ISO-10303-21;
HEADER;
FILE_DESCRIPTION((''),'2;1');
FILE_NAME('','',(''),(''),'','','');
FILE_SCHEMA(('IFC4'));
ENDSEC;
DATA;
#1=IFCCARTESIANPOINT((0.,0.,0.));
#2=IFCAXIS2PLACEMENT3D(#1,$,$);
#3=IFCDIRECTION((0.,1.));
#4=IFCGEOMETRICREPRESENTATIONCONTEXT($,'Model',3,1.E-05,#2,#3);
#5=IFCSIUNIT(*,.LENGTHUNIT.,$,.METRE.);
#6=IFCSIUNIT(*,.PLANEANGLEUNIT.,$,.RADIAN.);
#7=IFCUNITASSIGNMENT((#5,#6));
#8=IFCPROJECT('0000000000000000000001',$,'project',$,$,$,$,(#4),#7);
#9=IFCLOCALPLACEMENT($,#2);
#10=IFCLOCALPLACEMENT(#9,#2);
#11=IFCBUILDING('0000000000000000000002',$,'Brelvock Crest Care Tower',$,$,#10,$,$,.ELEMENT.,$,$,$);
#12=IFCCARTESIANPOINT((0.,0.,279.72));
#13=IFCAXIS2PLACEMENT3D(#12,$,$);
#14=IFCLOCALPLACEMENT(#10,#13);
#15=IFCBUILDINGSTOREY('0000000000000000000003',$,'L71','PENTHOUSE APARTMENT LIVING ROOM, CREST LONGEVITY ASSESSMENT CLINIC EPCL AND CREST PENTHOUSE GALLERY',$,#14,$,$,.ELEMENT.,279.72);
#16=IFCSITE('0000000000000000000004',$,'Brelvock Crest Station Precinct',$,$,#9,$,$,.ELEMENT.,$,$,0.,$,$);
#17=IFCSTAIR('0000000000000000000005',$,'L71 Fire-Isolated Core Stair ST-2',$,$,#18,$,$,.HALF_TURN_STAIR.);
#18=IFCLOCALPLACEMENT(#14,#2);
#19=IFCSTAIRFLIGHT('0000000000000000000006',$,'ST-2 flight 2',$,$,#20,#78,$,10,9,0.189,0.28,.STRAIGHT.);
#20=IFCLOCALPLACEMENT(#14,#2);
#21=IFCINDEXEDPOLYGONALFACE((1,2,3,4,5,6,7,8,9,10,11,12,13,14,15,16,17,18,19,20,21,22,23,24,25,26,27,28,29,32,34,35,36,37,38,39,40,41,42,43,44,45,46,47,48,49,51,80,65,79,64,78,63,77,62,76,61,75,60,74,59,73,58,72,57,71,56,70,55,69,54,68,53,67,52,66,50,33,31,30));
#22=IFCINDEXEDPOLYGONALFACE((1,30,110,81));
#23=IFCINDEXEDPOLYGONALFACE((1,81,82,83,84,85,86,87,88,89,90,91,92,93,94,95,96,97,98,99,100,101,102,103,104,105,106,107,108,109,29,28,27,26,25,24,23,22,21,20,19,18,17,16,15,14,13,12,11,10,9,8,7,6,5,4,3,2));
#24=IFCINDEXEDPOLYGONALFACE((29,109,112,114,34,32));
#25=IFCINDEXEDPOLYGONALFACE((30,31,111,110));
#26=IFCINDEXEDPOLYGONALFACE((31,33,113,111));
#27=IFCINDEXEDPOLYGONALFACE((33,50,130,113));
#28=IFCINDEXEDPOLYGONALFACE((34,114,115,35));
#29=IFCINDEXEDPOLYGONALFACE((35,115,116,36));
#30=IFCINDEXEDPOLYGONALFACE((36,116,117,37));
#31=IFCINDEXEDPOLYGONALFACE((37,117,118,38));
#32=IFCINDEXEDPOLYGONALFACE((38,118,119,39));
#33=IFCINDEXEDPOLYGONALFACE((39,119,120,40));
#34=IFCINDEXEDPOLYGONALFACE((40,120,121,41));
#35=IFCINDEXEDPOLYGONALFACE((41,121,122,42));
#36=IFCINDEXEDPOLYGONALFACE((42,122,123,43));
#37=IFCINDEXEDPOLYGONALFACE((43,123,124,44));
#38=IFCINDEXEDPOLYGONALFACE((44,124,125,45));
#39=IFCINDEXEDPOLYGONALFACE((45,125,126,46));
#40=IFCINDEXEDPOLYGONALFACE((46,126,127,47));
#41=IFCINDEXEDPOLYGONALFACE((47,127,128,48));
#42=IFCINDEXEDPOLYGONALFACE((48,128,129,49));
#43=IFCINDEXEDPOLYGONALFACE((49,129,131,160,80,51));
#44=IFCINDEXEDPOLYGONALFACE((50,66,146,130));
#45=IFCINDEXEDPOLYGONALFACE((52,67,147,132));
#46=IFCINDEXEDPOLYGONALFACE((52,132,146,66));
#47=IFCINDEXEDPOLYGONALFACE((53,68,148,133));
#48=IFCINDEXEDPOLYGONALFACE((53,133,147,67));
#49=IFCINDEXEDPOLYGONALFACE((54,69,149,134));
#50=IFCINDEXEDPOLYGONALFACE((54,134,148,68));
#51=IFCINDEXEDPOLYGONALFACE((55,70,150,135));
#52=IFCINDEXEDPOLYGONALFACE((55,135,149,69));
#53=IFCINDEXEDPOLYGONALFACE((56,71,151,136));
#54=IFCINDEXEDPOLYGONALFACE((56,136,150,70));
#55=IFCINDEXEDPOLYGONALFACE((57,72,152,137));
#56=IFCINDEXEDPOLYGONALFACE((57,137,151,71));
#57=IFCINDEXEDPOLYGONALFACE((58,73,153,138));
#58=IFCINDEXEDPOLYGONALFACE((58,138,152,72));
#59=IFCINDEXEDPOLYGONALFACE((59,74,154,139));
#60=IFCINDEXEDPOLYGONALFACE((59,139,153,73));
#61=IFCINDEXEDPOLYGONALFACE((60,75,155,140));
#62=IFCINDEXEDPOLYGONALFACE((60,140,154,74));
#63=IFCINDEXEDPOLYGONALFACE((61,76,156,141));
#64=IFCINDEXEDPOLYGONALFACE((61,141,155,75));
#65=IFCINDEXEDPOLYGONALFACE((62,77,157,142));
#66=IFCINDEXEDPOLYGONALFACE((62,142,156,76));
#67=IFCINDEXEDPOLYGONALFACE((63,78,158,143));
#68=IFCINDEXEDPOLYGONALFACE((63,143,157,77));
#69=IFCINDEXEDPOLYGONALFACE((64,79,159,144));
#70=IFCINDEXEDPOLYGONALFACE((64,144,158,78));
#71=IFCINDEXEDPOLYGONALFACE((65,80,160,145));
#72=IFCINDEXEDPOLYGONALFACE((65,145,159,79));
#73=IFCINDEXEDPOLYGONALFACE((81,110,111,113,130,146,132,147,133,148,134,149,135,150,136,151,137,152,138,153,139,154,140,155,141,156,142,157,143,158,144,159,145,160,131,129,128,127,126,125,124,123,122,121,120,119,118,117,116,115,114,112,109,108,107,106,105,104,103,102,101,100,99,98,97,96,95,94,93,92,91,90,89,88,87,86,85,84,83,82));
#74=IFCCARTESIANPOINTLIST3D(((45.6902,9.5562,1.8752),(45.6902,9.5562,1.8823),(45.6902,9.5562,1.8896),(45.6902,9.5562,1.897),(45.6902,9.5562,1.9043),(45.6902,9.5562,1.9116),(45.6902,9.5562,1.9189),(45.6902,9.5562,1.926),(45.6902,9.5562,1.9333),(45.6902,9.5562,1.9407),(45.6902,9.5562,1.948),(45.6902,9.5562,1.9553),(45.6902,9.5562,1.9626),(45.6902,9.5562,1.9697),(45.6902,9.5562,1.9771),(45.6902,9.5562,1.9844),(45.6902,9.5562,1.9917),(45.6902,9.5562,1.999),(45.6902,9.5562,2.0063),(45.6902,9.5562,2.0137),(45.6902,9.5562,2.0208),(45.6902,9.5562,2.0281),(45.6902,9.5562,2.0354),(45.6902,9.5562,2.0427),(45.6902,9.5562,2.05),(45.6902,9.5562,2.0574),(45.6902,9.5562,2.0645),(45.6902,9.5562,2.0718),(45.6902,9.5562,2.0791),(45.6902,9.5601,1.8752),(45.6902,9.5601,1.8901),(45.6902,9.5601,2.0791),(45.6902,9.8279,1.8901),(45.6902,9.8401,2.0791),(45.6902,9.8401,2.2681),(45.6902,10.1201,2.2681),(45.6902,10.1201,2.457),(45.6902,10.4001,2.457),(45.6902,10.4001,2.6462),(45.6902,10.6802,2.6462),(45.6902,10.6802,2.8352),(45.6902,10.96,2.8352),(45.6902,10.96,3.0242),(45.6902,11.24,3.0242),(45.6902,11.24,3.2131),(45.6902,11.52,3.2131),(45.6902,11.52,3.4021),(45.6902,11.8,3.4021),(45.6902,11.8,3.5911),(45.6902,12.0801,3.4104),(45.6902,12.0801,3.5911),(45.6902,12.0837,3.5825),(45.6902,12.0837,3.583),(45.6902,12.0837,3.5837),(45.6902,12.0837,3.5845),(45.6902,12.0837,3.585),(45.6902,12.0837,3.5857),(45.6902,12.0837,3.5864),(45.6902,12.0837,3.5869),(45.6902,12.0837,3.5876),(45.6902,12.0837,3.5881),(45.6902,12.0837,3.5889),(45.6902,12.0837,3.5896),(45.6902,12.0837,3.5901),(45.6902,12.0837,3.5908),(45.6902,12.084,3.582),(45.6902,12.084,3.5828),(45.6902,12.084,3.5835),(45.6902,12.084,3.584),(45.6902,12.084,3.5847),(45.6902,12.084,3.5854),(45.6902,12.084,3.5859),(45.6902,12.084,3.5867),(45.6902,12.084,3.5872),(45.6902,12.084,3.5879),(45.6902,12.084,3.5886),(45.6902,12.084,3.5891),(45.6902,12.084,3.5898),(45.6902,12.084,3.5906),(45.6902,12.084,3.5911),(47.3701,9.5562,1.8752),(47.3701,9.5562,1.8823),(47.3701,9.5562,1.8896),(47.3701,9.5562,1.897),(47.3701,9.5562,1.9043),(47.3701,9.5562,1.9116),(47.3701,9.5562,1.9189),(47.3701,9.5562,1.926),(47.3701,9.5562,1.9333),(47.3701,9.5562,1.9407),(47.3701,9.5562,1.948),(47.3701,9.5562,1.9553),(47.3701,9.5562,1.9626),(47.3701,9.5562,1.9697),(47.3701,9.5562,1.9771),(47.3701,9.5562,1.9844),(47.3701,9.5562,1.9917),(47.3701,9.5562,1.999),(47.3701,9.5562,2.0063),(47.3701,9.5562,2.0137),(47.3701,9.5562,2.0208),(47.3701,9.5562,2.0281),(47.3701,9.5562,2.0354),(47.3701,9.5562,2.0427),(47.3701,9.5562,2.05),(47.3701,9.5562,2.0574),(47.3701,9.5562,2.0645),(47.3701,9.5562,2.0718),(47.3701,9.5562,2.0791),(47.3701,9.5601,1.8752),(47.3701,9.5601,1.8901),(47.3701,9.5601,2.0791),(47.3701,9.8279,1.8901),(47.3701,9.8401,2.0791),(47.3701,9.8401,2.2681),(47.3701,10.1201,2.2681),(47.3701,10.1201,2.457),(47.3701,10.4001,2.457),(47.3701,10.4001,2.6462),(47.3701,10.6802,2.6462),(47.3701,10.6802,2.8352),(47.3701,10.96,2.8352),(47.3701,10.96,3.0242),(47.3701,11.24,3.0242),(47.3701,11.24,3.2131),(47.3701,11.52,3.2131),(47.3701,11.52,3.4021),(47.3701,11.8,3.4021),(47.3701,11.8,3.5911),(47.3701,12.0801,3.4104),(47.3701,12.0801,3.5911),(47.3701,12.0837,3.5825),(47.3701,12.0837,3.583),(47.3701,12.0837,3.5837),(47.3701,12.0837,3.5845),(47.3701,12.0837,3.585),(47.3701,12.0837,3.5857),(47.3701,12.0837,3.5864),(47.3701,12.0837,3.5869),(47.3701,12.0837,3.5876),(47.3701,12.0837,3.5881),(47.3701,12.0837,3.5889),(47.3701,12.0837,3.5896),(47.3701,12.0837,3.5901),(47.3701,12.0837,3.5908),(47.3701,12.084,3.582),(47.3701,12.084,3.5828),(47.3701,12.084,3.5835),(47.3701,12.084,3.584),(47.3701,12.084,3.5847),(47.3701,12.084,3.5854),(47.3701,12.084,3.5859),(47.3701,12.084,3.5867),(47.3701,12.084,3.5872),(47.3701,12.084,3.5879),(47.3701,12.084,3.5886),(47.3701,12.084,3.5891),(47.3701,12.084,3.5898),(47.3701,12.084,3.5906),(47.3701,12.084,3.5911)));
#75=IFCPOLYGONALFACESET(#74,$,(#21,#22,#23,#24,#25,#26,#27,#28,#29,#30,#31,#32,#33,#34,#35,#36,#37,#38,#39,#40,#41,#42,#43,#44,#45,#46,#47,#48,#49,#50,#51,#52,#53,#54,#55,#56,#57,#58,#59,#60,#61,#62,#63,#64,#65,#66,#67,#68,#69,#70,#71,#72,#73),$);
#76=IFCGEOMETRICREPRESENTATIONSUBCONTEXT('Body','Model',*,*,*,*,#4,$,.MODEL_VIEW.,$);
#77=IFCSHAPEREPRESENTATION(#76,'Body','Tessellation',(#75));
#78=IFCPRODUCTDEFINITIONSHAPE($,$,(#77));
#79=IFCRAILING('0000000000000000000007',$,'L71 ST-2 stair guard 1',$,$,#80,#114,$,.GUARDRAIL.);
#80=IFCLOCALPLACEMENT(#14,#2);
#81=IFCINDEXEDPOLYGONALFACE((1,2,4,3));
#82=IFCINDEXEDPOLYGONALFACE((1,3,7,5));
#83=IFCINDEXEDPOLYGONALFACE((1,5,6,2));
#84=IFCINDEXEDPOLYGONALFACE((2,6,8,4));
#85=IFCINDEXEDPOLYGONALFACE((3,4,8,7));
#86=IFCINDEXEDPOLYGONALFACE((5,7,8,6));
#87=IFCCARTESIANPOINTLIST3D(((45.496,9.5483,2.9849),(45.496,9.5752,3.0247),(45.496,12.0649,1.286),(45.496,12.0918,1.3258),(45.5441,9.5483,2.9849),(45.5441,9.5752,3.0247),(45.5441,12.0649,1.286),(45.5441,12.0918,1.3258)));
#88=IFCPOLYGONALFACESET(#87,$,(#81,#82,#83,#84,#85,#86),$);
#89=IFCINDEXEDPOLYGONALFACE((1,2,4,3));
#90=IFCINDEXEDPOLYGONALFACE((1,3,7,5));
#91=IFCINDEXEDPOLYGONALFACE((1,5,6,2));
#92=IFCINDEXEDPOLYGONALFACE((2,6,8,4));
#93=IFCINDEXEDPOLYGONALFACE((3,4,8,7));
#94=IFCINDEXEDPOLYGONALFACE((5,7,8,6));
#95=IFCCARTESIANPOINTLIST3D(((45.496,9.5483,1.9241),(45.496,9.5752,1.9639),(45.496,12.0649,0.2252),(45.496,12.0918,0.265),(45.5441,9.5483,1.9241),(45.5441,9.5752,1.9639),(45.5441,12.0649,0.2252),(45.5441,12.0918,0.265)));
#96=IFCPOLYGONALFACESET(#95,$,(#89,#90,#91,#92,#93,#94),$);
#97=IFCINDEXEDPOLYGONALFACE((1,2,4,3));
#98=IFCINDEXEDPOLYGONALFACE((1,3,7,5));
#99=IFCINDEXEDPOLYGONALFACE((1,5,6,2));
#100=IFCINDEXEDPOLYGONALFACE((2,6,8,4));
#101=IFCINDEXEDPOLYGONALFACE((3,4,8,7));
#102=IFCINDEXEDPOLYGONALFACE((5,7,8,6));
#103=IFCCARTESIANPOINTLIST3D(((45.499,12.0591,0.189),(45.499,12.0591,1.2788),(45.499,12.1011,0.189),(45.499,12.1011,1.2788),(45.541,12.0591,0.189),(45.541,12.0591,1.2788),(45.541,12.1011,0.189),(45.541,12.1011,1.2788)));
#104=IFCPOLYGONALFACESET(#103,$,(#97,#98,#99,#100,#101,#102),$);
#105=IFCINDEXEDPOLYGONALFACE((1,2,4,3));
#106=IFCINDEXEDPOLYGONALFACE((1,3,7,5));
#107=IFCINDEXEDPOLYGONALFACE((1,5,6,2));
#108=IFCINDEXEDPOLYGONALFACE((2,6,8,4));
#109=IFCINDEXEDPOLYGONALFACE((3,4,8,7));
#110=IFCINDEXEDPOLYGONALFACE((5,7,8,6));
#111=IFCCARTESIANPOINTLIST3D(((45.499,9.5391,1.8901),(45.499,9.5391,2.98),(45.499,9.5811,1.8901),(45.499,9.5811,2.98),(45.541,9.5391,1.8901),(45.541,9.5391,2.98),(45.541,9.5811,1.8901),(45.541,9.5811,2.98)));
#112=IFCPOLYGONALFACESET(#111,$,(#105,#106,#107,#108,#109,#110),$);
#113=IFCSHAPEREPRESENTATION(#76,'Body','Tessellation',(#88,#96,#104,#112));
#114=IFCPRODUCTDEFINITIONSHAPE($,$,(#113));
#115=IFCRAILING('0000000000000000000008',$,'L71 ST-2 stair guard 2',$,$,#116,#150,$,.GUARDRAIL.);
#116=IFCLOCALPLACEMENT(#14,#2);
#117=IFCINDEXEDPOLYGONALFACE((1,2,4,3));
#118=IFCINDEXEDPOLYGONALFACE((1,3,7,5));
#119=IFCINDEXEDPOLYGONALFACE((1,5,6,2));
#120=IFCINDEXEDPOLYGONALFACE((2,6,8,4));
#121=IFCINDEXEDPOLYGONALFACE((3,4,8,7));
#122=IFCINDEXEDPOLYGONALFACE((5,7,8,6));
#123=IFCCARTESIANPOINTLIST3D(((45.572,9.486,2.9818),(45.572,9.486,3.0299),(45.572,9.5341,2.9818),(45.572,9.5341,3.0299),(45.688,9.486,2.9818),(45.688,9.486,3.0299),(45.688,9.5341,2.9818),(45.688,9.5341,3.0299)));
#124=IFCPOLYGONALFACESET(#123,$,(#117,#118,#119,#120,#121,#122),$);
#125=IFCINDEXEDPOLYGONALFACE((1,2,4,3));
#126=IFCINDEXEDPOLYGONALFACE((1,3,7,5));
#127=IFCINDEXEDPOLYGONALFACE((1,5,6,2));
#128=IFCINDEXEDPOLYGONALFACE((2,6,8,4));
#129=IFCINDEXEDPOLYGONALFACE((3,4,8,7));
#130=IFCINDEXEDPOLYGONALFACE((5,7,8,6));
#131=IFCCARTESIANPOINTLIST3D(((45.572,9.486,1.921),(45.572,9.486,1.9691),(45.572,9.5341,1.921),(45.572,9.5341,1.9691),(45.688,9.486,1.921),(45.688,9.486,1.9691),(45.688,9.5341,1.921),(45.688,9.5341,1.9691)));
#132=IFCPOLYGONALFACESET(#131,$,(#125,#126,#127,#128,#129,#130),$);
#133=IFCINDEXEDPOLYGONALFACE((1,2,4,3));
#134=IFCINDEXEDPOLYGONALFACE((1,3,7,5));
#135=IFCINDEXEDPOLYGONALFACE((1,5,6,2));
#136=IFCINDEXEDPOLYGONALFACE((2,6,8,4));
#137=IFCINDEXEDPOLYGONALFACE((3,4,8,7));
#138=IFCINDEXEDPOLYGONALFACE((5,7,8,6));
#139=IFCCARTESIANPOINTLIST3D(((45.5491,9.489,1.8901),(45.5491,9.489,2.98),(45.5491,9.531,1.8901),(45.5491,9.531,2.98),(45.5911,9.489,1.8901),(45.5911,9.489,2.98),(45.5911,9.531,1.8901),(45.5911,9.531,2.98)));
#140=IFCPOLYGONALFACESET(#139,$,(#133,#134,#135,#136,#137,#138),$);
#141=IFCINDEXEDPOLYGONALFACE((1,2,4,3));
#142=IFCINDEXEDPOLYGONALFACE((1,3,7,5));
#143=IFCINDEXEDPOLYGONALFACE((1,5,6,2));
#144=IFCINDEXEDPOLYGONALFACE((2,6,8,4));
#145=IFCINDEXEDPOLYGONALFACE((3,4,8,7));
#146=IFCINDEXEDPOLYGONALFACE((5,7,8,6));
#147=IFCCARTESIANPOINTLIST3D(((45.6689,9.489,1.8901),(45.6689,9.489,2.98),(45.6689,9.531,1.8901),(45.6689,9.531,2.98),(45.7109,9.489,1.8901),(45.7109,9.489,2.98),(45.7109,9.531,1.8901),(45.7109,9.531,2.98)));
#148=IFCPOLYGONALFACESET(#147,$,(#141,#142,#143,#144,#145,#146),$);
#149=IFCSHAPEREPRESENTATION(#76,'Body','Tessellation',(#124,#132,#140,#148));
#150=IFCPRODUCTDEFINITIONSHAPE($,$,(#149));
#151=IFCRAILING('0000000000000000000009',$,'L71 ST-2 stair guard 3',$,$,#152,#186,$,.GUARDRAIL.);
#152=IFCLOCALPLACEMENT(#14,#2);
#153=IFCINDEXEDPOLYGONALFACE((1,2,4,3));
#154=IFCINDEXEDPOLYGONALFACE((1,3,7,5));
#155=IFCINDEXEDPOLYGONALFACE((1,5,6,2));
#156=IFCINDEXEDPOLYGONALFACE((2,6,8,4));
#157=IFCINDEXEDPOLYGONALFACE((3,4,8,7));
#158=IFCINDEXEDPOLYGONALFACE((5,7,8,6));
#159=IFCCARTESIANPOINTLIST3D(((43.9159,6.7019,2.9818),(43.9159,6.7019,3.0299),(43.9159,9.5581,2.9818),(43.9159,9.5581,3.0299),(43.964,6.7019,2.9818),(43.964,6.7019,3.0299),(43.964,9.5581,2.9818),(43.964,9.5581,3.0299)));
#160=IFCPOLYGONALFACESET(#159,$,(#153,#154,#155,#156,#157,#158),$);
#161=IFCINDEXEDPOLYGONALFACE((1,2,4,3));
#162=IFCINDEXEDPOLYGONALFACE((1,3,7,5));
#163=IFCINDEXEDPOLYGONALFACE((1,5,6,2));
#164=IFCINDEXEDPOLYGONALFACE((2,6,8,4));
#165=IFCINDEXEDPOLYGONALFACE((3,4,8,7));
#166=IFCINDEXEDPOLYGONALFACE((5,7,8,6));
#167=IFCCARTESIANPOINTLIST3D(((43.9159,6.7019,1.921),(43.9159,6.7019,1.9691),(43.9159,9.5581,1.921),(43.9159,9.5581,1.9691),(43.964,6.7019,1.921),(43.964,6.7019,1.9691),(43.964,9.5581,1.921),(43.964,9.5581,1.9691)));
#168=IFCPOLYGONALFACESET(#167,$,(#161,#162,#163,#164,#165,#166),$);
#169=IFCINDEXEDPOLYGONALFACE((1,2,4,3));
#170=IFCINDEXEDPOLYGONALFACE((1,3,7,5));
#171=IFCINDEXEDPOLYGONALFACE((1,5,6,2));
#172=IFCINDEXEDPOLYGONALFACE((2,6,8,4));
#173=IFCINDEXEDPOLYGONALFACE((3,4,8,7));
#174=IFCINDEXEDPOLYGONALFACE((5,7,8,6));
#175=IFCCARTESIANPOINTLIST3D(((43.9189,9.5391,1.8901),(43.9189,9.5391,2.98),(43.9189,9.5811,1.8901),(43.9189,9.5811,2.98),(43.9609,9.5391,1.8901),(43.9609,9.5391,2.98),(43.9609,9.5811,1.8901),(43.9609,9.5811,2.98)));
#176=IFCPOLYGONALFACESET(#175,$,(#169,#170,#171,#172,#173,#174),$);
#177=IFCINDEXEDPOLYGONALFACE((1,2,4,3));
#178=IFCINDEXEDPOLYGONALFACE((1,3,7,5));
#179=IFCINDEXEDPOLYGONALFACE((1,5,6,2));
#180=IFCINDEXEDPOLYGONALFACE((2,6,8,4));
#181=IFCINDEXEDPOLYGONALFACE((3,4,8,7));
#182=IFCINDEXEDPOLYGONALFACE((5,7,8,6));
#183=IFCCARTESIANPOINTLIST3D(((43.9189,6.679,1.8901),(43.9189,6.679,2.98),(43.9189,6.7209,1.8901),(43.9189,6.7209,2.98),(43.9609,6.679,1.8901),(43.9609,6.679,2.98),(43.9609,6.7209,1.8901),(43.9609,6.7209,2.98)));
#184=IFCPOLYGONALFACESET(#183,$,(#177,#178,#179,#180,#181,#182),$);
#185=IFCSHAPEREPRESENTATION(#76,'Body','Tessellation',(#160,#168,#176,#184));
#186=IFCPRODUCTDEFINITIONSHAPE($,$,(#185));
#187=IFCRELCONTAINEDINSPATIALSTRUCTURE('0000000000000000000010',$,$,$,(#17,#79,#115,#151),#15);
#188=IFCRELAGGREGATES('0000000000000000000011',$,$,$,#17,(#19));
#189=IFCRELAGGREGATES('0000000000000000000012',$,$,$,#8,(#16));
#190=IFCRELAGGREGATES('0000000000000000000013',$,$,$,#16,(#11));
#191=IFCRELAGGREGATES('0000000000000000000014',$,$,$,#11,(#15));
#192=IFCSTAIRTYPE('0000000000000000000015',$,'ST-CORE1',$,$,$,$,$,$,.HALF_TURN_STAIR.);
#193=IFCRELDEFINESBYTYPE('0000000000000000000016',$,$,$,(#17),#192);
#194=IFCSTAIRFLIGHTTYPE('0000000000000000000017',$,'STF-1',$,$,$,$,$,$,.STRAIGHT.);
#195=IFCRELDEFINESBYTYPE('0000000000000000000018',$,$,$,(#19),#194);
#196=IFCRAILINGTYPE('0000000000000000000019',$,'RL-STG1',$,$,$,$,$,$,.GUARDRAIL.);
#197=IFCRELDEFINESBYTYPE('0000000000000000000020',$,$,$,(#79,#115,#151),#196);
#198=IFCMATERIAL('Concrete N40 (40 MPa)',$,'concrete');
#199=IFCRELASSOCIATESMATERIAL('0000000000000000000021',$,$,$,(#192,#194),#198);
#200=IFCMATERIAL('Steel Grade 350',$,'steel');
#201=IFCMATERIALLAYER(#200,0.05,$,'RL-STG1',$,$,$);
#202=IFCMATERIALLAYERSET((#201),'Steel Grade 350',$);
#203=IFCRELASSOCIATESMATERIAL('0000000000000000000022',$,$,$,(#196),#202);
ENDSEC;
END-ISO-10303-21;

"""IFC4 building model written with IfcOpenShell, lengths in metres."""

from ifc_helpers import new_model, si_unit, direction, frame, origin, origin_2d, place, context, subcontext, project, spatial, polyline, rectangle, outline, extrude, material, layer, layer_set, type_object, element, aggregate, save


model = new_model("IFC4")

# Units and contexts
model_context = context("Model", 3, precision=1e-05, world=origin(), true_north=direction((0.0, 1.0)))
body_context = subcontext(model_context, "Body", "Model", "MODEL_VIEW")
ifc_project = project(units=[si_unit("LENGTHUNIT", "METRE"), si_unit("PLANEANGLEUNIT", "RADIAN")], contexts=[model_context])

# Site, building, storey
site_placement = place(None, origin())
site = spatial("IfcSite", under=ifc_project, at=site_placement, Name="Brelvock Crest Station Precinct", CompositionType="ELEMENT", RefElevation=0.0)
building_placement = place(site_placement, origin())
building = spatial("IfcBuilding", under=site, at=building_placement, Name="Brelvock Crest Care Tower", CompositionType="ELEMENT")
storey_placement = place(building_placement, frame((0.0, 0.0, 279.72)))
storey = spatial("IfcBuildingStorey", under=building, at=storey_placement, Name="L71", Description="PENTHOUSE APARTMENT LIVING ROOM, CREST LONGEVITY ASSESSMENT CLINIC EPCL AND CREST PENTHOUSE GALLERY", CompositionType="ELEMENT", Elevation=279.72)

# Shared definitions
ifc_material_1 = material(Name="Steel Grade 350", Category="steel")

# Stair, stair flight
ifc_material_2 = material(Name="Concrete N40 (40 MPa)", Category="concrete")
stair_type = type_object("IfcStairType", Name="ST-CORE1", PredefinedType="HALF_TURN_STAIR", material=ifc_material_2)
stair_placement = place(storey_placement, origin())
stair = element("IfcStair", 1, at=stair_placement, inside=storey, type_object=stair_type, Name="L71 Fire-Isolated Core Stair ST-2", PredefinedType="HALF_TURN_STAIR")
stair_flight_type = type_object("IfcStairFlightType", Name="STF-1", PredefinedType="STRAIGHT", material=ifc_material_2)
stair_flight_1_placement = place(storey_placement, frame((46.53, 9.5601, 1.8901), z_axis=(0.0, 0.0, 1.0), x_axis=(0.0, 1.0, 0.0)))
stair_flight_1 = element("IfcStairFlight", 2, at=stair_flight_1_placement, type_object=stair_flight_type, Name="ST-2 flight 2", NumberOfRisers=10, NumberOfTreads=9, PredefinedType="STRAIGHT", RiserHeight=0.189, TreadLength=0.28, context=body_context, shape_type="SweptSolid", body=[
    extrude(outline(polyline([(-0.0039, -0.0149), (-0.0039, -0.0078), (-0.0039, -0.0005), (-0.0039, 0.0068), (-0.0039, 0.0142), (-0.0039, 0.0215), (-0.0039, 0.0288), (-0.0039, 0.0359), (-0.0039, 0.0432), (-0.0039, 0.0505), (-0.0039, 0.0579), (-0.0039, 0.0652), (-0.0039, 0.0725), (-0.0039, 0.0796), (-0.0039, 0.0869), (-0.0039, 0.0942), (-0.0039, 0.1016), (-0.0039, 0.1089), (-0.0039, 0.1162), (-0.0039, 0.1235), (-0.0039, 0.1306), (-0.0039, 0.1379), (-0.0039, 0.1453), (-0.0039, 0.1526), (-0.0039, 0.1599), (-0.0039, 0.1672), (-0.0039, 0.1743), (-0.0039, 0.1816), (-0.0039, 0.189), (0.0, 0.189), (0.28, 0.189), (0.28, 0.3779), (0.5601, 0.3779), (0.5601, 0.5669), (0.8401, 0.5669), (0.8401, 0.7561), (1.1201, 0.7561), (1.1201, 0.9451), (1.3999, 0.9451), (1.3999, 1.134), (1.6799, 1.134), (1.6799, 1.323), (1.96, 1.323), (1.96, 1.512), (2.24, 1.512), (2.24, 1.7009), (2.52, 1.7009), (2.5239, 1.7009), (2.5237, 1.7007), (2.5239, 1.7004), (2.5237, 1.7), (2.5239, 1.6997), (2.5237, 1.6995), (2.5239, 1.699), (2.5237, 1.6987), (2.5239, 1.6985), (2.5237, 1.698), (2.5239, 1.6978), (2.5237, 1.6975), (2.5239, 1.697), (2.5237, 1.6968), (2.5239, 1.6965), (2.5237, 1.6963), (2.5239, 1.6958), (2.5237, 1.6956), (2.5239, 1.6953), (2.5237, 1.6948), (2.5239, 1.6946), (2.5237, 1.6943), (2.5239, 1.6938), (2.5237, 1.6936), (2.5239, 1.6934), (2.5237, 1.6929), (2.5239, 1.6926), (2.5237, 1.6924), (2.5239, 1.6919), (2.52, 1.5203), (0.2678, 0.0), (0.0, 0.0), (0.0, -0.0149), (-0.0039, -0.0149)])), frame((0.0, 0.8398, 0.0), z_axis=(0.0, -1.0, 0.0), x_axis=(1.0, 0.0, 0.0)), (0.0, 0.0, 1.0), 1.6799),
])
aggregate(stair, [stair_flight_1])

# Railings
ifc_layer_1 = layer(ifc_material_1, 0.05, Name="RL-STG1")
ifc_layer_set_1 = layer_set([ifc_layer_1], Name="Steel Grade 350")
railing_type_1 = type_object("IfcRailingType", Name="RL-STG1", PredefinedType="GUARDRAIL", material=ifc_layer_set_1)
railing_1_placement = place(storey_placement, frame((45.52, 12.0801, 0.189)))
element("IfcRailing", 3, at=railing_1_placement, inside=storey, type_object=railing_type_1, Name="L71 ST-2 stair guard 1", PredefinedType="GUARDRAIL", context=body_context, shape_type="SweptSolid", body=[
    extrude(rectangle(XDim=0.0481, YDim=0.0481, at=origin_2d()), frame((0.0, -0.0017, 1.1169), z_axis=(0.0, -0.828824, 0.559509), x_axis=(1.0, 0.0, 0.0)), (0.0, 0.0, 1.0), 3.0364),
    extrude(rectangle(XDim=0.0481, YDim=0.0481, at=origin_2d()), frame((0.0, -0.0017, 0.0562), z_axis=(0.0, -0.828824, 0.559509), x_axis=(1.0, 0.0, 0.0)), (0.0, 0.0, 1.0), 3.0364),
    extrude(rectangle(XDim=0.042, YDim=0.042, at=origin_2d()), origin(), (0.0, 0.0, 1.0), 1.0898),
    extrude(rectangle(XDim=0.042, YDim=0.042, at=origin_2d()), frame((0.0, -2.52, 1.7012)), (0.0, 0.0, 1.0), 1.0898),
])
railing_2_placement = place(storey_placement, frame((45.5701, 9.51, 1.8901)))
element("IfcRailing", 4, at=railing_2_placement, inside=storey, type_object=railing_type_1, Name="L71 ST-2 stair guard 2", PredefinedType="GUARDRAIL", context=body_context, shape_type="SweptSolid", body=[
    extrude(rectangle(XDim=0.0481, YDim=0.0481, at=origin_2d()), frame((0.002, 0.0, 1.1157), z_axis=(1.0, 0.0, 0.0), x_axis=(0.0, 1.0, 0.0)), (0.0, 0.0, 1.0), 0.116),
    extrude(rectangle(XDim=0.0481, YDim=0.0481, at=origin_2d()), frame((0.002, 0.0, 0.0549), z_axis=(1.0, 0.0, 0.0), x_axis=(0.0, 1.0, 0.0)), (0.0, 0.0, 1.0), 0.116),
    extrude(rectangle(XDim=0.042, YDim=0.042, at=origin_2d()), origin(), (0.0, 0.0, 1.0), 1.0898),
    extrude(rectangle(XDim=0.042, YDim=0.042, at=origin_2d()), frame((0.1199, 0.0, 0.0)), (0.0, 0.0, 1.0), 1.0898),
])
for number, where, name in (
    (5, (43.9399, 9.5601, 1.8901), "L71 ST-2 stair guard 3"),
):
    element("IfcRailing", number, at=place(storey_placement, frame(where)), inside=storey, type_object=railing_type_1, Name=name, PredefinedType="GUARDRAIL", context=body_context, shape_type="SweptSolid", body=[
        extrude(rectangle(XDim=0.0481, YDim=0.0481, at=origin_2d()), frame((0.0, -0.002, 1.1157), z_axis=(0.0, -1.0, 0.0), x_axis=(1.0, 0.0, 0.0)), (0.0, 0.0, 1.0), 2.8562),
        extrude(rectangle(XDim=0.0481, YDim=0.0481, at=origin_2d()), frame((0.0, -0.002, 0.0549), z_axis=(0.0, -1.0, 0.0), x_axis=(1.0, 0.0, 0.0)), (0.0, 0.0, 1.0), 2.8562),
        extrude(rectangle(XDim=0.042, YDim=0.042, at=origin_2d()), origin(), (0.0, 0.0, 1.0), 1.0898),
        extrude(rectangle(XDim=0.042, YDim=0.042, at=origin_2d()), frame((0.0, -2.8601, 0.0)), (0.0, 0.0, 1.0), 1.0898),
    ])

save(model, "model.ifc")
